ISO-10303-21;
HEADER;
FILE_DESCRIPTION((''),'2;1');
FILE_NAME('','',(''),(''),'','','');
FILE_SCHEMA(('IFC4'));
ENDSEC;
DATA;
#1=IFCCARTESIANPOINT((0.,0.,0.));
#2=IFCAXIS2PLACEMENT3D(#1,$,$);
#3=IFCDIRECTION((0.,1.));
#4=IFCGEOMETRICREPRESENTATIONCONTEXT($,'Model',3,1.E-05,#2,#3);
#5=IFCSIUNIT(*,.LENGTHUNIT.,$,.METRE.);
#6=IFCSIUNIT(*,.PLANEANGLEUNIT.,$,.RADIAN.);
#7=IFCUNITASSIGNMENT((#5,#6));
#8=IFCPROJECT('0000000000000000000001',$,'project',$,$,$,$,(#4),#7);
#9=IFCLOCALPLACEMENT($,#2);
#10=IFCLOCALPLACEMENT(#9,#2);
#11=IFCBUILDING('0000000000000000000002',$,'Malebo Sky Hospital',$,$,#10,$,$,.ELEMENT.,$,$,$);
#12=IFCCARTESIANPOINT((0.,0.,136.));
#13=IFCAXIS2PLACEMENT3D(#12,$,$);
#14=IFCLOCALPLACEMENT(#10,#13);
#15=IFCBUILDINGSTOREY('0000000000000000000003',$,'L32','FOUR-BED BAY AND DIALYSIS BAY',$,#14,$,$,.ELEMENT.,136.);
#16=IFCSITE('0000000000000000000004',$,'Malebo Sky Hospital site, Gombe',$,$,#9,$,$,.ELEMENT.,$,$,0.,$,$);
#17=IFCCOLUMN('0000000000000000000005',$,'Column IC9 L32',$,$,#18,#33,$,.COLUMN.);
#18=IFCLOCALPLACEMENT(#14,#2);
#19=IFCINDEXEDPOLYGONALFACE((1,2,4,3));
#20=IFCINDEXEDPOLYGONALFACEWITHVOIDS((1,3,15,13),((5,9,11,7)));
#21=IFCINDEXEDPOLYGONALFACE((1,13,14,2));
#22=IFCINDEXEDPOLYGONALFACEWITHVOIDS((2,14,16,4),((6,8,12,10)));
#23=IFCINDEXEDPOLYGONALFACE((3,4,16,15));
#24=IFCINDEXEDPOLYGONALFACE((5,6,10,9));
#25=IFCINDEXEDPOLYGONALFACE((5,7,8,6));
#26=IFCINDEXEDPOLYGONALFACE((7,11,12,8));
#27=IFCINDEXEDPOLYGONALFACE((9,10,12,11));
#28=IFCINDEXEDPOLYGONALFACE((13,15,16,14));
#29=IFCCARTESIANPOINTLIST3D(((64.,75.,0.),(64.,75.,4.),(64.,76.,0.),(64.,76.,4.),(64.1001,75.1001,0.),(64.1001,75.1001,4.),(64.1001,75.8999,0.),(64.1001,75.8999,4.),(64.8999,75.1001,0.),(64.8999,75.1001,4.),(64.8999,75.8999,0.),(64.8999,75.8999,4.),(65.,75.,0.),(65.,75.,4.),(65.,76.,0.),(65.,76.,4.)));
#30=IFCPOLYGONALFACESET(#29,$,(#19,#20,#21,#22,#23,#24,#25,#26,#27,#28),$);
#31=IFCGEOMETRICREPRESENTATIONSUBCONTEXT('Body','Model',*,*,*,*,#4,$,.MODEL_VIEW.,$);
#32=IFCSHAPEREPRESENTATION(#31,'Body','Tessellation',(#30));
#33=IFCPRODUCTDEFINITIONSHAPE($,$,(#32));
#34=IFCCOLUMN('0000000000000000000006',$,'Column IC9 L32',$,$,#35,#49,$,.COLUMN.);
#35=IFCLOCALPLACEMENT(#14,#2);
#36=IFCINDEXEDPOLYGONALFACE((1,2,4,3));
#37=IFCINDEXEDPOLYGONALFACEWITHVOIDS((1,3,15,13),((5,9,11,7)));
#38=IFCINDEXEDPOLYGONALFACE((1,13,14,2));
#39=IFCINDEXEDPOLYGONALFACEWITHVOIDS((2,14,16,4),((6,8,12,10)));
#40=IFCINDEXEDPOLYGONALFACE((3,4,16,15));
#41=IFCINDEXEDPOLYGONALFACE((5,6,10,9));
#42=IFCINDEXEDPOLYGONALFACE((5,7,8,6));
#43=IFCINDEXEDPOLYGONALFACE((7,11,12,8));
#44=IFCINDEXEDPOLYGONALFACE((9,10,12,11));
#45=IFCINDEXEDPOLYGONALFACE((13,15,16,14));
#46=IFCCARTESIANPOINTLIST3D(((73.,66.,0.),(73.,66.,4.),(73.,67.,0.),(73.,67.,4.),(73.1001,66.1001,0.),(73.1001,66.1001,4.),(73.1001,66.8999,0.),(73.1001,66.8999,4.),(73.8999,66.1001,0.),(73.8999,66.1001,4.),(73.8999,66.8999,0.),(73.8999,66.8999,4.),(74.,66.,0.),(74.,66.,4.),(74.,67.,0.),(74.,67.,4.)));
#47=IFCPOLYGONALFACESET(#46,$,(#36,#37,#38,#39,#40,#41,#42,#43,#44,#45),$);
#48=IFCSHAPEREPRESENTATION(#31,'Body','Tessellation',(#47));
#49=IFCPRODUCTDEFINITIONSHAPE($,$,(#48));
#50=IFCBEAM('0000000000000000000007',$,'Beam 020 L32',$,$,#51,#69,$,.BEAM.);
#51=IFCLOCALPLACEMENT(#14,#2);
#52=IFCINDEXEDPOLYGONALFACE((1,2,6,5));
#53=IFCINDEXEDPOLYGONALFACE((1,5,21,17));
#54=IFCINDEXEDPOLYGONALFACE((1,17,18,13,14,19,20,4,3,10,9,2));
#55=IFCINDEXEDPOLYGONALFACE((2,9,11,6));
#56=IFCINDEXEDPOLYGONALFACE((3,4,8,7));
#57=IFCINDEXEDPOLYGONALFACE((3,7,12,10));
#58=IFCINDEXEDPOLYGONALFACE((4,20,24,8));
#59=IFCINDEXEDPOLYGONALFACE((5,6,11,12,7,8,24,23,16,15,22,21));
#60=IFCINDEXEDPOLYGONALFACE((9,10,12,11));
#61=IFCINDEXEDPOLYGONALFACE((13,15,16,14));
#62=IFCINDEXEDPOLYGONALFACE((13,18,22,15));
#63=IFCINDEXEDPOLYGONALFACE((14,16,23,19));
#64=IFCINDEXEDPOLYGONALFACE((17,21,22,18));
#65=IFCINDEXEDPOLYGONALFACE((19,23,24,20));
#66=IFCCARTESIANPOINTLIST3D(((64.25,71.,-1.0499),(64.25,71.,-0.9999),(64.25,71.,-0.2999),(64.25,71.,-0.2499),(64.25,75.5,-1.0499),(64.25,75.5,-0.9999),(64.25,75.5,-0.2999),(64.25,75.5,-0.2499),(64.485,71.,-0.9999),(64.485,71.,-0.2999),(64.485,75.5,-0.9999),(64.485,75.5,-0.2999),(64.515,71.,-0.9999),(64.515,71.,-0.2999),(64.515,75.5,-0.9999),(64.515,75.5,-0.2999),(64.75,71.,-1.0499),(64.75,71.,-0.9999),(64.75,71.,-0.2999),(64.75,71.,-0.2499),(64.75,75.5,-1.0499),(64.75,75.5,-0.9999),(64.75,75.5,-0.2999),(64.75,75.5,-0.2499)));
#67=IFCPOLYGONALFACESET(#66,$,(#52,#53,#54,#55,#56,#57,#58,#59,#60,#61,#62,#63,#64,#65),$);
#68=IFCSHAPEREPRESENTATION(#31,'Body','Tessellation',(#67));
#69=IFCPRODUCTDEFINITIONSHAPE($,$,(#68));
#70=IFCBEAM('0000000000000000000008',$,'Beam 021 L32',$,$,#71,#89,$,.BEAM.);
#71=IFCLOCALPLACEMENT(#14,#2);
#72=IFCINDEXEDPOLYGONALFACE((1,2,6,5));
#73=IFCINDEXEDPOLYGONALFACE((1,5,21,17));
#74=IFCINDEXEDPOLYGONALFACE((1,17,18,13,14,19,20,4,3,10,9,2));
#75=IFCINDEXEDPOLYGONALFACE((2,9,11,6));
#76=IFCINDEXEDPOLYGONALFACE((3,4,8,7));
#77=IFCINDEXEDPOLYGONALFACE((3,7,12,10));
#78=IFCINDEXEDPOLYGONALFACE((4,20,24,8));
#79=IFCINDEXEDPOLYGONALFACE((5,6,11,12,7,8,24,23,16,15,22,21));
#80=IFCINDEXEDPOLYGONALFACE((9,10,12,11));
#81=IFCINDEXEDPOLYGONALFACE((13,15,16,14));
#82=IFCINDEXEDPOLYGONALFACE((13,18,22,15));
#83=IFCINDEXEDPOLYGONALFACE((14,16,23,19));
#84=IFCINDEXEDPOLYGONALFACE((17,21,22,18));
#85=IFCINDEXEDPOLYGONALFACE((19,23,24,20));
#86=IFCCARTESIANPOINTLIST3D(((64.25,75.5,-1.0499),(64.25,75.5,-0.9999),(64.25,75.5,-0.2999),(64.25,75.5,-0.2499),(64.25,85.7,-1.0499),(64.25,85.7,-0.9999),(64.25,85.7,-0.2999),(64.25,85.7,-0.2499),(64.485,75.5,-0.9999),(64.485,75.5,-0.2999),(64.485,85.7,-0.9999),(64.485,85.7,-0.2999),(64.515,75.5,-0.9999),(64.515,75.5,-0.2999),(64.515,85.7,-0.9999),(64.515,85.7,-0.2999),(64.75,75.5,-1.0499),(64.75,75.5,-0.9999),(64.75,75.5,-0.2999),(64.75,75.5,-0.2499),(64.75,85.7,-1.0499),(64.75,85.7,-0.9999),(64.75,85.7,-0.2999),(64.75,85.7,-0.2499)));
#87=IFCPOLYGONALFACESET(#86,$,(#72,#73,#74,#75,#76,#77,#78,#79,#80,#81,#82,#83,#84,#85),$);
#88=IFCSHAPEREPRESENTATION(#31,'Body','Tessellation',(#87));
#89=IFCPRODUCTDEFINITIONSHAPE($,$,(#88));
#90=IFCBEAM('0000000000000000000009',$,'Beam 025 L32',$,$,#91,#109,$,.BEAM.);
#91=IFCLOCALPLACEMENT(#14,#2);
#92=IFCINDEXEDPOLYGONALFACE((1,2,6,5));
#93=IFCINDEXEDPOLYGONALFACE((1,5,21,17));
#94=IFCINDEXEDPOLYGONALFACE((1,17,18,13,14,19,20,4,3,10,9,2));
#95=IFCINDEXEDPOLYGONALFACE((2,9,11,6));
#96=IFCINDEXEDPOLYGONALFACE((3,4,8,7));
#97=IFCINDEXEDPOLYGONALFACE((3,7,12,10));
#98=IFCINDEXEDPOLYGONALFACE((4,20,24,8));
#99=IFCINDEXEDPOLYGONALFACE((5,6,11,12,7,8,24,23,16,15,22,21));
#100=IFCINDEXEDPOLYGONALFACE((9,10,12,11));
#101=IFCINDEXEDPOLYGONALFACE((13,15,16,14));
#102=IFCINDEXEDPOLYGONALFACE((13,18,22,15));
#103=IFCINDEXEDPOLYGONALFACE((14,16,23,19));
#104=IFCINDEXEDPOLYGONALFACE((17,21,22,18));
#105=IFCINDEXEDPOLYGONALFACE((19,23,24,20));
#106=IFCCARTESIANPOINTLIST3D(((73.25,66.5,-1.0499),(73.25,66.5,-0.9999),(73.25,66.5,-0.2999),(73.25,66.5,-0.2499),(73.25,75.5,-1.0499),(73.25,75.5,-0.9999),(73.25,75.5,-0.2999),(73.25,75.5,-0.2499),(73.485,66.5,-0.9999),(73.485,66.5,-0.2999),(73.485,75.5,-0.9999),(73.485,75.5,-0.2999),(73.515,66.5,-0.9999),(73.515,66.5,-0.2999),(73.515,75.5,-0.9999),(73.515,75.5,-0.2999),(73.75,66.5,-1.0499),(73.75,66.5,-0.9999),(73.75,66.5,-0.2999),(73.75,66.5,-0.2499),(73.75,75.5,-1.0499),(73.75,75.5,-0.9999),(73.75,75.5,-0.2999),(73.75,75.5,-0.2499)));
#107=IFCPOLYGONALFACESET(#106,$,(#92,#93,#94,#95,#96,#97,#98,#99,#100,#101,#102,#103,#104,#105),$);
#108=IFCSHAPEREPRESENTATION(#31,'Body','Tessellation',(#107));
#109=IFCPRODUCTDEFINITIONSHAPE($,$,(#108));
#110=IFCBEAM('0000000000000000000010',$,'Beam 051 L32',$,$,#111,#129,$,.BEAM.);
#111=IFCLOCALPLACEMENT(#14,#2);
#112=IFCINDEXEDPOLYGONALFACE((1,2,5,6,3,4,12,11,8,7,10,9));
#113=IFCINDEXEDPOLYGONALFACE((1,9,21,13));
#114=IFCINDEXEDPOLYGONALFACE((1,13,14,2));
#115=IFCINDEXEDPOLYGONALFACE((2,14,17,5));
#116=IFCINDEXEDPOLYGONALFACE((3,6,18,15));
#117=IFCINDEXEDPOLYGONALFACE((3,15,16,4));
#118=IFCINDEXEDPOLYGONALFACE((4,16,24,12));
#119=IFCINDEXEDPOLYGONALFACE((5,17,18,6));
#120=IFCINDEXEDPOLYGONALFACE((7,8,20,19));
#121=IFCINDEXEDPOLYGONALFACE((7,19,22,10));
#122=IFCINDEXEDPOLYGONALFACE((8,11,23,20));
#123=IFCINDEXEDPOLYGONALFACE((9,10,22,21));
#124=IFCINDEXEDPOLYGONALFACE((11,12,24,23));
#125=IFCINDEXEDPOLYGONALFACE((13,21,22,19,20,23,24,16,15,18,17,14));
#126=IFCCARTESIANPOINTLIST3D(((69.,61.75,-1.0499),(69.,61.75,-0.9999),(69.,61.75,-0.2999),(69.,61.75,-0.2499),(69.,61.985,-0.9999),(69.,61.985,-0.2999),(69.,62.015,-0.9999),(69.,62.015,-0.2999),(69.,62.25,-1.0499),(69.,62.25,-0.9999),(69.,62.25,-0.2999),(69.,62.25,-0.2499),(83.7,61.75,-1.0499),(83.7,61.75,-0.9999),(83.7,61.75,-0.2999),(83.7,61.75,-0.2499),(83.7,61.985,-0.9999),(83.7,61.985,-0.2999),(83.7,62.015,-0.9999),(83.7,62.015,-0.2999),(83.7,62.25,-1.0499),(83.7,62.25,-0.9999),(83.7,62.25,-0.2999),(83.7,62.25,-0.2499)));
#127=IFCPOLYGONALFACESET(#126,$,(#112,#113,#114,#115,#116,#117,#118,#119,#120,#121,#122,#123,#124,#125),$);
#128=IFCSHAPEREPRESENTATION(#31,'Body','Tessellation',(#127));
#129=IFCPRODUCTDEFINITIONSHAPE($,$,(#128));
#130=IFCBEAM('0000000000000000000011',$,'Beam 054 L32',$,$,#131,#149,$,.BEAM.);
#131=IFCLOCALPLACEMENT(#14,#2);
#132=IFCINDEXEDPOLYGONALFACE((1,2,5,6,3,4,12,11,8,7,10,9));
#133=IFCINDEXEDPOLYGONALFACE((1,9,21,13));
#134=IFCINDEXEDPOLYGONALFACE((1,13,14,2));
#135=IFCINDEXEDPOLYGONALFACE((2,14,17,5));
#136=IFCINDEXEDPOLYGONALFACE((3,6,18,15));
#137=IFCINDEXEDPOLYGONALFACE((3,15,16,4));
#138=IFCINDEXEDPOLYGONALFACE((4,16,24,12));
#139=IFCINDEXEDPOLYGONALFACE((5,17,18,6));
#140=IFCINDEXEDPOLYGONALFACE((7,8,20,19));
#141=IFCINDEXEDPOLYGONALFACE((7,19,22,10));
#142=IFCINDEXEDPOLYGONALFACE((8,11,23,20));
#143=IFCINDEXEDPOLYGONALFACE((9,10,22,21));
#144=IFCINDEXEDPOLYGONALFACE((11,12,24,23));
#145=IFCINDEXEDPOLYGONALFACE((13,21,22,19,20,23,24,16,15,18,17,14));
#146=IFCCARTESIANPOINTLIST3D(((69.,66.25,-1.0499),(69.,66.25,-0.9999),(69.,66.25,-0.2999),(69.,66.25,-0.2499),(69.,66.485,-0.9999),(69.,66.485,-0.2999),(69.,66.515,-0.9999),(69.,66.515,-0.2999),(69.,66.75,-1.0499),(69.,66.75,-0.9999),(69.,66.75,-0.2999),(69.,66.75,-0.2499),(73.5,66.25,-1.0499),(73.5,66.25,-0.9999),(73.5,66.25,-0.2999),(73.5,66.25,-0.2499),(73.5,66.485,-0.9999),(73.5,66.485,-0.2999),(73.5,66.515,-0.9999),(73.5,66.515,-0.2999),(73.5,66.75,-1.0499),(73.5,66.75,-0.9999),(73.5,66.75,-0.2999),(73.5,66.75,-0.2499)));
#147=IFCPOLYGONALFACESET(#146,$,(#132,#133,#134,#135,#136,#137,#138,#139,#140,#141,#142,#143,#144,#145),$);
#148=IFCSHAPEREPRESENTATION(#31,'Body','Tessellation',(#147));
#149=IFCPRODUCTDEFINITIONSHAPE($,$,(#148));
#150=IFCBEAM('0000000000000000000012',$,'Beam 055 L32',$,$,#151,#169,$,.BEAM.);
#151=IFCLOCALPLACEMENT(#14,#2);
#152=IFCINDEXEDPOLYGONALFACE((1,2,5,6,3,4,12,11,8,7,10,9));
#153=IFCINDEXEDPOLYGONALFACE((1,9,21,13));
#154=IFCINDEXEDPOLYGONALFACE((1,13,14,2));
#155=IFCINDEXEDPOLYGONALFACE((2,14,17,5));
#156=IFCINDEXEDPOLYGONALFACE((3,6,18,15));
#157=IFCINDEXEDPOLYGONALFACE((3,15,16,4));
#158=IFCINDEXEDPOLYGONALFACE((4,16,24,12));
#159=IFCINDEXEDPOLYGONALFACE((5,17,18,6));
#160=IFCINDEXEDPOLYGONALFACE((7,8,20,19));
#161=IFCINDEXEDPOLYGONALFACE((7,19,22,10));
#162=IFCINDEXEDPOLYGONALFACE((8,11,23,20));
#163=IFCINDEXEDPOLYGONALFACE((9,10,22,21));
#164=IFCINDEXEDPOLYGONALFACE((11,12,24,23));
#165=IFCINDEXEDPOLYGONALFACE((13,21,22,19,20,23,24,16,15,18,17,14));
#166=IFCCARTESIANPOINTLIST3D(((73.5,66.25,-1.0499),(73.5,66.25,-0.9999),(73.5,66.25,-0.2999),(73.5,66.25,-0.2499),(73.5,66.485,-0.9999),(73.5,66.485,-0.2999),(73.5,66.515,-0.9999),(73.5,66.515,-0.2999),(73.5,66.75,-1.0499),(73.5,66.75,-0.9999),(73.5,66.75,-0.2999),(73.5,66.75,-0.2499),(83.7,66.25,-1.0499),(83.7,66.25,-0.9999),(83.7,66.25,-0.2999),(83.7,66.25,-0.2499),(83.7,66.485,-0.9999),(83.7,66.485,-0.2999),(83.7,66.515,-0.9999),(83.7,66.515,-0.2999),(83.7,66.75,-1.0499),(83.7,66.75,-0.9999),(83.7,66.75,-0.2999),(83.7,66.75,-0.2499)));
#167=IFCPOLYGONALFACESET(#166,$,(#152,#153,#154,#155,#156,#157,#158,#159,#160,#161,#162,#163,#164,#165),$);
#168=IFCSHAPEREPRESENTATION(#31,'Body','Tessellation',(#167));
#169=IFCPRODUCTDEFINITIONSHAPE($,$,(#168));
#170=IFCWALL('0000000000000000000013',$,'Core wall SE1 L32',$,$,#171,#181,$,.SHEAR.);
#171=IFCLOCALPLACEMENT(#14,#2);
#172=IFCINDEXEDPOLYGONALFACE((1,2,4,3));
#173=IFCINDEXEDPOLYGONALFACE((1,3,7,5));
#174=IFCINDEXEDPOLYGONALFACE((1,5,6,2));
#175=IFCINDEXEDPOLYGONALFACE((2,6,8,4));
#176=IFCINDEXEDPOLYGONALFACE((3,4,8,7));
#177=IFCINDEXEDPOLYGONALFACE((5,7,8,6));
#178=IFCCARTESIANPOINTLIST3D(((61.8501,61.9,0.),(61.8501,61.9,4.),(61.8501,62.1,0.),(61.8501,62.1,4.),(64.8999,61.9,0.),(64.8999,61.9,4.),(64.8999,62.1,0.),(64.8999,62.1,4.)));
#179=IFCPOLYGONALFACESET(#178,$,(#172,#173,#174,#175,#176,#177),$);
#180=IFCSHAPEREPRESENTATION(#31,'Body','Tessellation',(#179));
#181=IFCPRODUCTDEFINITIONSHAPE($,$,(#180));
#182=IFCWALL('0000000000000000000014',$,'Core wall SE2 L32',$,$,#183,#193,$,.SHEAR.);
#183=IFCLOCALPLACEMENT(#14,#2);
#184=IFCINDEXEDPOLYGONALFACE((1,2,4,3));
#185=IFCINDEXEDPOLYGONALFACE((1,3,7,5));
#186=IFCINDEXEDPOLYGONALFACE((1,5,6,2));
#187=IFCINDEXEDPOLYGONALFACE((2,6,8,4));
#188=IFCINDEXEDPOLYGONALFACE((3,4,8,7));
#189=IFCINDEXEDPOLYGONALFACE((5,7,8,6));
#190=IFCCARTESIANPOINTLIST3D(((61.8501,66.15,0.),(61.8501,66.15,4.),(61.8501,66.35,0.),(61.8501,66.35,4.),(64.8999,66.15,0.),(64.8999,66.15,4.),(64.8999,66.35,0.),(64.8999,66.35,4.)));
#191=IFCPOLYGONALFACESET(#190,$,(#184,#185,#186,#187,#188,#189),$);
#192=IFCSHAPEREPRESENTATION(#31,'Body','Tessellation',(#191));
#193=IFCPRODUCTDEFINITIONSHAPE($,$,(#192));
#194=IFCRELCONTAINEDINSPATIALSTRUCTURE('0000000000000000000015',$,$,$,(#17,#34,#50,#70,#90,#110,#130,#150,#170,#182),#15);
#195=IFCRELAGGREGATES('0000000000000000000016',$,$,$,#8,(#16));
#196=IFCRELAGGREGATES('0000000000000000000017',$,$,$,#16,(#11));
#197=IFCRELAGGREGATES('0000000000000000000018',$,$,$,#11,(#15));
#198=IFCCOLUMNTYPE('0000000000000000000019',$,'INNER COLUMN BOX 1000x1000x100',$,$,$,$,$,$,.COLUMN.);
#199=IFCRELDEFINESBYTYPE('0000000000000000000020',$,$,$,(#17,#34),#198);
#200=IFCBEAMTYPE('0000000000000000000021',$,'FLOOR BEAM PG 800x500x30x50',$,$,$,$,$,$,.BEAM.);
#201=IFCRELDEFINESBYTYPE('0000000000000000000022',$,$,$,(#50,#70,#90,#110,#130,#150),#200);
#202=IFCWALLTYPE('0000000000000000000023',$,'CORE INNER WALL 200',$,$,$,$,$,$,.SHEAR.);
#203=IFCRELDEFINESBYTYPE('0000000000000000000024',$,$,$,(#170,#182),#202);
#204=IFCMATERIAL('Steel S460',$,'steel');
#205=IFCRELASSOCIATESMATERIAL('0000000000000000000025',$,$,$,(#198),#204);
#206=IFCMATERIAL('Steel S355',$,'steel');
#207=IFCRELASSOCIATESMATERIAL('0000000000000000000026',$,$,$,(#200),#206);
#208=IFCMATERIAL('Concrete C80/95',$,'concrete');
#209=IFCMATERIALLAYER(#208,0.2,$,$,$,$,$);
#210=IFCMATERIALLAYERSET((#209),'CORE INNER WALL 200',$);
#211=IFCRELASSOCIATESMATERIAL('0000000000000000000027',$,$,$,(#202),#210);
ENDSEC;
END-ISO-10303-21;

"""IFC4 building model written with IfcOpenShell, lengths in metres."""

from ifc_helpers import new_model, si_unit, direction, frame, frame_2d, origin, origin_2d, place, context, subcontext, project, spatial, rectangle, hollow_rectangle, i_section, extrude, material, layer, layer_set, material_profile, profile_set, type_object, element, save


model = new_model("IFC4")

# Units and contexts
model_context = context("Model", 3, precision=1e-05, world=origin(), true_north=direction((0.0, 1.0)))
body_context = subcontext(model_context, "Body", "Model", "MODEL_VIEW")
ifc_project = project(units=[si_unit("LENGTHUNIT", "METRE"), si_unit("PLANEANGLEUNIT", "RADIAN")], contexts=[model_context])

# Site, building, storey
site_placement = place(None, origin())
site = spatial("IfcSite", under=ifc_project, at=site_placement, Name="Malebo Sky Hospital site, Gombe", CompositionType="ELEMENT", RefElevation=0.0)
building_placement = place(site_placement, origin())
building = spatial("IfcBuilding", under=site, at=building_placement, Name="Malebo Sky Hospital", CompositionType="ELEMENT")
storey_placement = place(building_placement, frame((0.0, 0.0, 136.0)))
storey = spatial("IfcBuildingStorey", under=building, at=storey_placement, Name="L32", Description="FOUR-BED BAY AND DIALYSIS BAY", CompositionType="ELEMENT", Elevation=136.0)

# Columns
ifc_material_1 = material(Name="Steel S460", Category="steel")
ifc_material_profile_1 = material_profile(ifc_material_1, hollow_rectangle(XDim=1.0, YDim=1.0, WallThickness=0.1001, at=origin_2d()), Name="BOX 1000x1000x100")
ifc_profile_set_1 = profile_set([ifc_material_profile_1], Name="Steel S460")
column_type = type_object("IfcColumnType", Name="INNER COLUMN BOX 1000x1000x100", PredefinedType="COLUMN", material=ifc_profile_set_1)
for number, where, z_axis, x_axis, name in (
    (1, (64.5, 75.5, 0.0), (0.0, 0.0, 1.0), (1.0, 0.0, 0.0), "Column IC9 L32"),
    (2, (73.5, 66.5, 0.0), (0.0, 0.0, 1.0), (1.0, 0.0, 0.0), "Column IC9 L32"),
):
    element("IfcColumn", number, at=place(storey_placement, frame(where, z_axis=z_axis, x_axis=x_axis)), inside=storey, type_object=column_type, Name=name, PredefinedType="COLUMN", context=body_context, shape_type="SweptSolid", body=[
        extrude(hollow_rectangle(XDim=1.0, YDim=1.0, WallThickness=0.1001, at=origin_2d()), origin(), (0.0, 0.0, 1.0), 4.0),
    ])

# Beams
ifc_material_2 = material(Name="Steel S355", Category="steel")
ifc_material_profile_2 = material_profile(ifc_material_2, i_section(OverallWidth=0.5, OverallDepth=0.8, WebThickness=0.03, FlangeThickness=0.05, at=origin_2d()), Name="PG 800x500x30x50")
ifc_profile_set_2 = profile_set([ifc_material_profile_2], Name="Steel S355")
beam_type = type_object("IfcBeamType", Name="FLOOR BEAM PG 800x500x30x50", PredefinedType="BEAM", material=ifc_profile_set_2)
beam_1_placement = place(storey_placement, frame((64.5, 71.0, -0.6499), z_axis=(0.0, 1.0, 0.0), x_axis=(-1.0, 0.0, 0.0)))
element("IfcBeam", 3, at=beam_1_placement, inside=storey, type_object=beam_type, Name="Beam 020 L32", PredefinedType="BEAM", context=body_context, shape_type="SweptSolid", body=[
    extrude(i_section(OverallWidth=0.5, OverallDepth=0.8, WebThickness=0.03, FlangeThickness=0.05, at=origin_2d()), origin(), (0.0, 0.0, 1.0), 4.5),
])
beam_2_placement = place(storey_placement, frame((64.5, 75.5, -0.6499), z_axis=(0.0, 1.0, 0.0), x_axis=(-1.0, 0.0, 0.0)))
element("IfcBeam", 4, at=beam_2_placement, inside=storey, type_object=beam_type, Name="Beam 021 L32", PredefinedType="BEAM", context=body_context, shape_type="SweptSolid", body=[
    extrude(i_section(OverallWidth=0.5, OverallDepth=0.8, WebThickness=0.03, FlangeThickness=0.05, at=origin_2d()), origin(), (0.0, 0.0, 1.0), 10.2),
])
beam_3_placement = place(storey_placement, frame((73.5, 66.5, -0.6499), z_axis=(0.0, 1.0, 0.0), x_axis=(-1.0, 0.0, 0.0)))
element("IfcBeam", 5, at=beam_3_placement, inside=storey, type_object=beam_type, Name="Beam 025 L32", PredefinedType="BEAM", context=body_context, shape_type="SweptSolid", body=[
    extrude(i_section(OverallWidth=0.5, OverallDepth=0.8, WebThickness=0.03, FlangeThickness=0.05, at=origin_2d()), origin(), (0.0, 0.0, 1.0), 9.0),
])
beam_4_placement = place(storey_placement, frame((69.0, 62.0, -0.6499), z_axis=(1.0, 0.0, 0.0), x_axis=(0.0, 1.0, 0.0)))
element("IfcBeam", 6, at=beam_4_placement, inside=storey, type_object=beam_type, Name="Beam 051 L32", PredefinedType="BEAM", context=body_context, shape_type="SweptSolid", body=[
    extrude(i_section(OverallWidth=0.5, OverallDepth=0.8, WebThickness=0.03, FlangeThickness=0.05, at=origin_2d()), origin(), (0.0, 0.0, 1.0), 14.7),
])
beam_5_placement = place(storey_placement, frame((69.0, 66.5, -0.6499), z_axis=(1.0, 0.0, 0.0), x_axis=(0.0, 1.0, 0.0)))
element("IfcBeam", 7, at=beam_5_placement, inside=storey, type_object=beam_type, Name="Beam 054 L32", PredefinedType="BEAM", context=body_context, shape_type="SweptSolid", body=[
    extrude(i_section(OverallWidth=0.5, OverallDepth=0.8, WebThickness=0.03, FlangeThickness=0.05, at=origin_2d()), origin(), (0.0, 0.0, 1.0), 4.5),
])
beam_6_placement = place(storey_placement, frame((73.5, 66.5, -0.6499), z_axis=(1.0, 0.0, 0.0), x_axis=(0.0, 1.0, 0.0)))
element("IfcBeam", 8, at=beam_6_placement, inside=storey, type_object=beam_type, Name="Beam 055 L32", PredefinedType="BEAM", context=body_context, shape_type="SweptSolid", body=[
    extrude(i_section(OverallWidth=0.5, OverallDepth=0.8, WebThickness=0.03, FlangeThickness=0.05, at=origin_2d()), origin(), (0.0, 0.0, 1.0), 10.2),
])

# Walls
ifc_material_3 = material(Name="Concrete C80/95", Category="concrete")
ifc_layer_1 = layer(ifc_material_3, 0.2)
ifc_layer_set_1 = layer_set([ifc_layer_1], Name="CORE INNER WALL 200")
wall_type_1 = type_object("IfcWallType", Name="CORE INNER WALL 200", PredefinedType="SHEAR", material=ifc_layer_set_1)
for number, where, z_axis, x_axis, name in (
    (9, (61.8501, 62.0, 0.0), (0.0, 0.0, 1.0), (1.0, 0.0, 0.0), "Core wall SE1 L32"),
    (10, (61.8501, 66.25, 0.0), (0.0, 0.0, 1.0), (1.0, 0.0, 0.0), "Core wall SE2 L32"),
):
    element("IfcWall", number, at=place(storey_placement, frame(where, z_axis=z_axis, x_axis=x_axis)), inside=storey, type_object=wall_type_1, Name=name, PredefinedType="SHEAR", context=body_context, shape_type="SweptSolid", body=[
        extrude(rectangle(XDim=3.0498, YDim=0.2, at=frame_2d((1.5249, 0.0))), origin(), (0.0, 0.0, 1.0), 4.0),
    ])

save(model, "model.ifc")
